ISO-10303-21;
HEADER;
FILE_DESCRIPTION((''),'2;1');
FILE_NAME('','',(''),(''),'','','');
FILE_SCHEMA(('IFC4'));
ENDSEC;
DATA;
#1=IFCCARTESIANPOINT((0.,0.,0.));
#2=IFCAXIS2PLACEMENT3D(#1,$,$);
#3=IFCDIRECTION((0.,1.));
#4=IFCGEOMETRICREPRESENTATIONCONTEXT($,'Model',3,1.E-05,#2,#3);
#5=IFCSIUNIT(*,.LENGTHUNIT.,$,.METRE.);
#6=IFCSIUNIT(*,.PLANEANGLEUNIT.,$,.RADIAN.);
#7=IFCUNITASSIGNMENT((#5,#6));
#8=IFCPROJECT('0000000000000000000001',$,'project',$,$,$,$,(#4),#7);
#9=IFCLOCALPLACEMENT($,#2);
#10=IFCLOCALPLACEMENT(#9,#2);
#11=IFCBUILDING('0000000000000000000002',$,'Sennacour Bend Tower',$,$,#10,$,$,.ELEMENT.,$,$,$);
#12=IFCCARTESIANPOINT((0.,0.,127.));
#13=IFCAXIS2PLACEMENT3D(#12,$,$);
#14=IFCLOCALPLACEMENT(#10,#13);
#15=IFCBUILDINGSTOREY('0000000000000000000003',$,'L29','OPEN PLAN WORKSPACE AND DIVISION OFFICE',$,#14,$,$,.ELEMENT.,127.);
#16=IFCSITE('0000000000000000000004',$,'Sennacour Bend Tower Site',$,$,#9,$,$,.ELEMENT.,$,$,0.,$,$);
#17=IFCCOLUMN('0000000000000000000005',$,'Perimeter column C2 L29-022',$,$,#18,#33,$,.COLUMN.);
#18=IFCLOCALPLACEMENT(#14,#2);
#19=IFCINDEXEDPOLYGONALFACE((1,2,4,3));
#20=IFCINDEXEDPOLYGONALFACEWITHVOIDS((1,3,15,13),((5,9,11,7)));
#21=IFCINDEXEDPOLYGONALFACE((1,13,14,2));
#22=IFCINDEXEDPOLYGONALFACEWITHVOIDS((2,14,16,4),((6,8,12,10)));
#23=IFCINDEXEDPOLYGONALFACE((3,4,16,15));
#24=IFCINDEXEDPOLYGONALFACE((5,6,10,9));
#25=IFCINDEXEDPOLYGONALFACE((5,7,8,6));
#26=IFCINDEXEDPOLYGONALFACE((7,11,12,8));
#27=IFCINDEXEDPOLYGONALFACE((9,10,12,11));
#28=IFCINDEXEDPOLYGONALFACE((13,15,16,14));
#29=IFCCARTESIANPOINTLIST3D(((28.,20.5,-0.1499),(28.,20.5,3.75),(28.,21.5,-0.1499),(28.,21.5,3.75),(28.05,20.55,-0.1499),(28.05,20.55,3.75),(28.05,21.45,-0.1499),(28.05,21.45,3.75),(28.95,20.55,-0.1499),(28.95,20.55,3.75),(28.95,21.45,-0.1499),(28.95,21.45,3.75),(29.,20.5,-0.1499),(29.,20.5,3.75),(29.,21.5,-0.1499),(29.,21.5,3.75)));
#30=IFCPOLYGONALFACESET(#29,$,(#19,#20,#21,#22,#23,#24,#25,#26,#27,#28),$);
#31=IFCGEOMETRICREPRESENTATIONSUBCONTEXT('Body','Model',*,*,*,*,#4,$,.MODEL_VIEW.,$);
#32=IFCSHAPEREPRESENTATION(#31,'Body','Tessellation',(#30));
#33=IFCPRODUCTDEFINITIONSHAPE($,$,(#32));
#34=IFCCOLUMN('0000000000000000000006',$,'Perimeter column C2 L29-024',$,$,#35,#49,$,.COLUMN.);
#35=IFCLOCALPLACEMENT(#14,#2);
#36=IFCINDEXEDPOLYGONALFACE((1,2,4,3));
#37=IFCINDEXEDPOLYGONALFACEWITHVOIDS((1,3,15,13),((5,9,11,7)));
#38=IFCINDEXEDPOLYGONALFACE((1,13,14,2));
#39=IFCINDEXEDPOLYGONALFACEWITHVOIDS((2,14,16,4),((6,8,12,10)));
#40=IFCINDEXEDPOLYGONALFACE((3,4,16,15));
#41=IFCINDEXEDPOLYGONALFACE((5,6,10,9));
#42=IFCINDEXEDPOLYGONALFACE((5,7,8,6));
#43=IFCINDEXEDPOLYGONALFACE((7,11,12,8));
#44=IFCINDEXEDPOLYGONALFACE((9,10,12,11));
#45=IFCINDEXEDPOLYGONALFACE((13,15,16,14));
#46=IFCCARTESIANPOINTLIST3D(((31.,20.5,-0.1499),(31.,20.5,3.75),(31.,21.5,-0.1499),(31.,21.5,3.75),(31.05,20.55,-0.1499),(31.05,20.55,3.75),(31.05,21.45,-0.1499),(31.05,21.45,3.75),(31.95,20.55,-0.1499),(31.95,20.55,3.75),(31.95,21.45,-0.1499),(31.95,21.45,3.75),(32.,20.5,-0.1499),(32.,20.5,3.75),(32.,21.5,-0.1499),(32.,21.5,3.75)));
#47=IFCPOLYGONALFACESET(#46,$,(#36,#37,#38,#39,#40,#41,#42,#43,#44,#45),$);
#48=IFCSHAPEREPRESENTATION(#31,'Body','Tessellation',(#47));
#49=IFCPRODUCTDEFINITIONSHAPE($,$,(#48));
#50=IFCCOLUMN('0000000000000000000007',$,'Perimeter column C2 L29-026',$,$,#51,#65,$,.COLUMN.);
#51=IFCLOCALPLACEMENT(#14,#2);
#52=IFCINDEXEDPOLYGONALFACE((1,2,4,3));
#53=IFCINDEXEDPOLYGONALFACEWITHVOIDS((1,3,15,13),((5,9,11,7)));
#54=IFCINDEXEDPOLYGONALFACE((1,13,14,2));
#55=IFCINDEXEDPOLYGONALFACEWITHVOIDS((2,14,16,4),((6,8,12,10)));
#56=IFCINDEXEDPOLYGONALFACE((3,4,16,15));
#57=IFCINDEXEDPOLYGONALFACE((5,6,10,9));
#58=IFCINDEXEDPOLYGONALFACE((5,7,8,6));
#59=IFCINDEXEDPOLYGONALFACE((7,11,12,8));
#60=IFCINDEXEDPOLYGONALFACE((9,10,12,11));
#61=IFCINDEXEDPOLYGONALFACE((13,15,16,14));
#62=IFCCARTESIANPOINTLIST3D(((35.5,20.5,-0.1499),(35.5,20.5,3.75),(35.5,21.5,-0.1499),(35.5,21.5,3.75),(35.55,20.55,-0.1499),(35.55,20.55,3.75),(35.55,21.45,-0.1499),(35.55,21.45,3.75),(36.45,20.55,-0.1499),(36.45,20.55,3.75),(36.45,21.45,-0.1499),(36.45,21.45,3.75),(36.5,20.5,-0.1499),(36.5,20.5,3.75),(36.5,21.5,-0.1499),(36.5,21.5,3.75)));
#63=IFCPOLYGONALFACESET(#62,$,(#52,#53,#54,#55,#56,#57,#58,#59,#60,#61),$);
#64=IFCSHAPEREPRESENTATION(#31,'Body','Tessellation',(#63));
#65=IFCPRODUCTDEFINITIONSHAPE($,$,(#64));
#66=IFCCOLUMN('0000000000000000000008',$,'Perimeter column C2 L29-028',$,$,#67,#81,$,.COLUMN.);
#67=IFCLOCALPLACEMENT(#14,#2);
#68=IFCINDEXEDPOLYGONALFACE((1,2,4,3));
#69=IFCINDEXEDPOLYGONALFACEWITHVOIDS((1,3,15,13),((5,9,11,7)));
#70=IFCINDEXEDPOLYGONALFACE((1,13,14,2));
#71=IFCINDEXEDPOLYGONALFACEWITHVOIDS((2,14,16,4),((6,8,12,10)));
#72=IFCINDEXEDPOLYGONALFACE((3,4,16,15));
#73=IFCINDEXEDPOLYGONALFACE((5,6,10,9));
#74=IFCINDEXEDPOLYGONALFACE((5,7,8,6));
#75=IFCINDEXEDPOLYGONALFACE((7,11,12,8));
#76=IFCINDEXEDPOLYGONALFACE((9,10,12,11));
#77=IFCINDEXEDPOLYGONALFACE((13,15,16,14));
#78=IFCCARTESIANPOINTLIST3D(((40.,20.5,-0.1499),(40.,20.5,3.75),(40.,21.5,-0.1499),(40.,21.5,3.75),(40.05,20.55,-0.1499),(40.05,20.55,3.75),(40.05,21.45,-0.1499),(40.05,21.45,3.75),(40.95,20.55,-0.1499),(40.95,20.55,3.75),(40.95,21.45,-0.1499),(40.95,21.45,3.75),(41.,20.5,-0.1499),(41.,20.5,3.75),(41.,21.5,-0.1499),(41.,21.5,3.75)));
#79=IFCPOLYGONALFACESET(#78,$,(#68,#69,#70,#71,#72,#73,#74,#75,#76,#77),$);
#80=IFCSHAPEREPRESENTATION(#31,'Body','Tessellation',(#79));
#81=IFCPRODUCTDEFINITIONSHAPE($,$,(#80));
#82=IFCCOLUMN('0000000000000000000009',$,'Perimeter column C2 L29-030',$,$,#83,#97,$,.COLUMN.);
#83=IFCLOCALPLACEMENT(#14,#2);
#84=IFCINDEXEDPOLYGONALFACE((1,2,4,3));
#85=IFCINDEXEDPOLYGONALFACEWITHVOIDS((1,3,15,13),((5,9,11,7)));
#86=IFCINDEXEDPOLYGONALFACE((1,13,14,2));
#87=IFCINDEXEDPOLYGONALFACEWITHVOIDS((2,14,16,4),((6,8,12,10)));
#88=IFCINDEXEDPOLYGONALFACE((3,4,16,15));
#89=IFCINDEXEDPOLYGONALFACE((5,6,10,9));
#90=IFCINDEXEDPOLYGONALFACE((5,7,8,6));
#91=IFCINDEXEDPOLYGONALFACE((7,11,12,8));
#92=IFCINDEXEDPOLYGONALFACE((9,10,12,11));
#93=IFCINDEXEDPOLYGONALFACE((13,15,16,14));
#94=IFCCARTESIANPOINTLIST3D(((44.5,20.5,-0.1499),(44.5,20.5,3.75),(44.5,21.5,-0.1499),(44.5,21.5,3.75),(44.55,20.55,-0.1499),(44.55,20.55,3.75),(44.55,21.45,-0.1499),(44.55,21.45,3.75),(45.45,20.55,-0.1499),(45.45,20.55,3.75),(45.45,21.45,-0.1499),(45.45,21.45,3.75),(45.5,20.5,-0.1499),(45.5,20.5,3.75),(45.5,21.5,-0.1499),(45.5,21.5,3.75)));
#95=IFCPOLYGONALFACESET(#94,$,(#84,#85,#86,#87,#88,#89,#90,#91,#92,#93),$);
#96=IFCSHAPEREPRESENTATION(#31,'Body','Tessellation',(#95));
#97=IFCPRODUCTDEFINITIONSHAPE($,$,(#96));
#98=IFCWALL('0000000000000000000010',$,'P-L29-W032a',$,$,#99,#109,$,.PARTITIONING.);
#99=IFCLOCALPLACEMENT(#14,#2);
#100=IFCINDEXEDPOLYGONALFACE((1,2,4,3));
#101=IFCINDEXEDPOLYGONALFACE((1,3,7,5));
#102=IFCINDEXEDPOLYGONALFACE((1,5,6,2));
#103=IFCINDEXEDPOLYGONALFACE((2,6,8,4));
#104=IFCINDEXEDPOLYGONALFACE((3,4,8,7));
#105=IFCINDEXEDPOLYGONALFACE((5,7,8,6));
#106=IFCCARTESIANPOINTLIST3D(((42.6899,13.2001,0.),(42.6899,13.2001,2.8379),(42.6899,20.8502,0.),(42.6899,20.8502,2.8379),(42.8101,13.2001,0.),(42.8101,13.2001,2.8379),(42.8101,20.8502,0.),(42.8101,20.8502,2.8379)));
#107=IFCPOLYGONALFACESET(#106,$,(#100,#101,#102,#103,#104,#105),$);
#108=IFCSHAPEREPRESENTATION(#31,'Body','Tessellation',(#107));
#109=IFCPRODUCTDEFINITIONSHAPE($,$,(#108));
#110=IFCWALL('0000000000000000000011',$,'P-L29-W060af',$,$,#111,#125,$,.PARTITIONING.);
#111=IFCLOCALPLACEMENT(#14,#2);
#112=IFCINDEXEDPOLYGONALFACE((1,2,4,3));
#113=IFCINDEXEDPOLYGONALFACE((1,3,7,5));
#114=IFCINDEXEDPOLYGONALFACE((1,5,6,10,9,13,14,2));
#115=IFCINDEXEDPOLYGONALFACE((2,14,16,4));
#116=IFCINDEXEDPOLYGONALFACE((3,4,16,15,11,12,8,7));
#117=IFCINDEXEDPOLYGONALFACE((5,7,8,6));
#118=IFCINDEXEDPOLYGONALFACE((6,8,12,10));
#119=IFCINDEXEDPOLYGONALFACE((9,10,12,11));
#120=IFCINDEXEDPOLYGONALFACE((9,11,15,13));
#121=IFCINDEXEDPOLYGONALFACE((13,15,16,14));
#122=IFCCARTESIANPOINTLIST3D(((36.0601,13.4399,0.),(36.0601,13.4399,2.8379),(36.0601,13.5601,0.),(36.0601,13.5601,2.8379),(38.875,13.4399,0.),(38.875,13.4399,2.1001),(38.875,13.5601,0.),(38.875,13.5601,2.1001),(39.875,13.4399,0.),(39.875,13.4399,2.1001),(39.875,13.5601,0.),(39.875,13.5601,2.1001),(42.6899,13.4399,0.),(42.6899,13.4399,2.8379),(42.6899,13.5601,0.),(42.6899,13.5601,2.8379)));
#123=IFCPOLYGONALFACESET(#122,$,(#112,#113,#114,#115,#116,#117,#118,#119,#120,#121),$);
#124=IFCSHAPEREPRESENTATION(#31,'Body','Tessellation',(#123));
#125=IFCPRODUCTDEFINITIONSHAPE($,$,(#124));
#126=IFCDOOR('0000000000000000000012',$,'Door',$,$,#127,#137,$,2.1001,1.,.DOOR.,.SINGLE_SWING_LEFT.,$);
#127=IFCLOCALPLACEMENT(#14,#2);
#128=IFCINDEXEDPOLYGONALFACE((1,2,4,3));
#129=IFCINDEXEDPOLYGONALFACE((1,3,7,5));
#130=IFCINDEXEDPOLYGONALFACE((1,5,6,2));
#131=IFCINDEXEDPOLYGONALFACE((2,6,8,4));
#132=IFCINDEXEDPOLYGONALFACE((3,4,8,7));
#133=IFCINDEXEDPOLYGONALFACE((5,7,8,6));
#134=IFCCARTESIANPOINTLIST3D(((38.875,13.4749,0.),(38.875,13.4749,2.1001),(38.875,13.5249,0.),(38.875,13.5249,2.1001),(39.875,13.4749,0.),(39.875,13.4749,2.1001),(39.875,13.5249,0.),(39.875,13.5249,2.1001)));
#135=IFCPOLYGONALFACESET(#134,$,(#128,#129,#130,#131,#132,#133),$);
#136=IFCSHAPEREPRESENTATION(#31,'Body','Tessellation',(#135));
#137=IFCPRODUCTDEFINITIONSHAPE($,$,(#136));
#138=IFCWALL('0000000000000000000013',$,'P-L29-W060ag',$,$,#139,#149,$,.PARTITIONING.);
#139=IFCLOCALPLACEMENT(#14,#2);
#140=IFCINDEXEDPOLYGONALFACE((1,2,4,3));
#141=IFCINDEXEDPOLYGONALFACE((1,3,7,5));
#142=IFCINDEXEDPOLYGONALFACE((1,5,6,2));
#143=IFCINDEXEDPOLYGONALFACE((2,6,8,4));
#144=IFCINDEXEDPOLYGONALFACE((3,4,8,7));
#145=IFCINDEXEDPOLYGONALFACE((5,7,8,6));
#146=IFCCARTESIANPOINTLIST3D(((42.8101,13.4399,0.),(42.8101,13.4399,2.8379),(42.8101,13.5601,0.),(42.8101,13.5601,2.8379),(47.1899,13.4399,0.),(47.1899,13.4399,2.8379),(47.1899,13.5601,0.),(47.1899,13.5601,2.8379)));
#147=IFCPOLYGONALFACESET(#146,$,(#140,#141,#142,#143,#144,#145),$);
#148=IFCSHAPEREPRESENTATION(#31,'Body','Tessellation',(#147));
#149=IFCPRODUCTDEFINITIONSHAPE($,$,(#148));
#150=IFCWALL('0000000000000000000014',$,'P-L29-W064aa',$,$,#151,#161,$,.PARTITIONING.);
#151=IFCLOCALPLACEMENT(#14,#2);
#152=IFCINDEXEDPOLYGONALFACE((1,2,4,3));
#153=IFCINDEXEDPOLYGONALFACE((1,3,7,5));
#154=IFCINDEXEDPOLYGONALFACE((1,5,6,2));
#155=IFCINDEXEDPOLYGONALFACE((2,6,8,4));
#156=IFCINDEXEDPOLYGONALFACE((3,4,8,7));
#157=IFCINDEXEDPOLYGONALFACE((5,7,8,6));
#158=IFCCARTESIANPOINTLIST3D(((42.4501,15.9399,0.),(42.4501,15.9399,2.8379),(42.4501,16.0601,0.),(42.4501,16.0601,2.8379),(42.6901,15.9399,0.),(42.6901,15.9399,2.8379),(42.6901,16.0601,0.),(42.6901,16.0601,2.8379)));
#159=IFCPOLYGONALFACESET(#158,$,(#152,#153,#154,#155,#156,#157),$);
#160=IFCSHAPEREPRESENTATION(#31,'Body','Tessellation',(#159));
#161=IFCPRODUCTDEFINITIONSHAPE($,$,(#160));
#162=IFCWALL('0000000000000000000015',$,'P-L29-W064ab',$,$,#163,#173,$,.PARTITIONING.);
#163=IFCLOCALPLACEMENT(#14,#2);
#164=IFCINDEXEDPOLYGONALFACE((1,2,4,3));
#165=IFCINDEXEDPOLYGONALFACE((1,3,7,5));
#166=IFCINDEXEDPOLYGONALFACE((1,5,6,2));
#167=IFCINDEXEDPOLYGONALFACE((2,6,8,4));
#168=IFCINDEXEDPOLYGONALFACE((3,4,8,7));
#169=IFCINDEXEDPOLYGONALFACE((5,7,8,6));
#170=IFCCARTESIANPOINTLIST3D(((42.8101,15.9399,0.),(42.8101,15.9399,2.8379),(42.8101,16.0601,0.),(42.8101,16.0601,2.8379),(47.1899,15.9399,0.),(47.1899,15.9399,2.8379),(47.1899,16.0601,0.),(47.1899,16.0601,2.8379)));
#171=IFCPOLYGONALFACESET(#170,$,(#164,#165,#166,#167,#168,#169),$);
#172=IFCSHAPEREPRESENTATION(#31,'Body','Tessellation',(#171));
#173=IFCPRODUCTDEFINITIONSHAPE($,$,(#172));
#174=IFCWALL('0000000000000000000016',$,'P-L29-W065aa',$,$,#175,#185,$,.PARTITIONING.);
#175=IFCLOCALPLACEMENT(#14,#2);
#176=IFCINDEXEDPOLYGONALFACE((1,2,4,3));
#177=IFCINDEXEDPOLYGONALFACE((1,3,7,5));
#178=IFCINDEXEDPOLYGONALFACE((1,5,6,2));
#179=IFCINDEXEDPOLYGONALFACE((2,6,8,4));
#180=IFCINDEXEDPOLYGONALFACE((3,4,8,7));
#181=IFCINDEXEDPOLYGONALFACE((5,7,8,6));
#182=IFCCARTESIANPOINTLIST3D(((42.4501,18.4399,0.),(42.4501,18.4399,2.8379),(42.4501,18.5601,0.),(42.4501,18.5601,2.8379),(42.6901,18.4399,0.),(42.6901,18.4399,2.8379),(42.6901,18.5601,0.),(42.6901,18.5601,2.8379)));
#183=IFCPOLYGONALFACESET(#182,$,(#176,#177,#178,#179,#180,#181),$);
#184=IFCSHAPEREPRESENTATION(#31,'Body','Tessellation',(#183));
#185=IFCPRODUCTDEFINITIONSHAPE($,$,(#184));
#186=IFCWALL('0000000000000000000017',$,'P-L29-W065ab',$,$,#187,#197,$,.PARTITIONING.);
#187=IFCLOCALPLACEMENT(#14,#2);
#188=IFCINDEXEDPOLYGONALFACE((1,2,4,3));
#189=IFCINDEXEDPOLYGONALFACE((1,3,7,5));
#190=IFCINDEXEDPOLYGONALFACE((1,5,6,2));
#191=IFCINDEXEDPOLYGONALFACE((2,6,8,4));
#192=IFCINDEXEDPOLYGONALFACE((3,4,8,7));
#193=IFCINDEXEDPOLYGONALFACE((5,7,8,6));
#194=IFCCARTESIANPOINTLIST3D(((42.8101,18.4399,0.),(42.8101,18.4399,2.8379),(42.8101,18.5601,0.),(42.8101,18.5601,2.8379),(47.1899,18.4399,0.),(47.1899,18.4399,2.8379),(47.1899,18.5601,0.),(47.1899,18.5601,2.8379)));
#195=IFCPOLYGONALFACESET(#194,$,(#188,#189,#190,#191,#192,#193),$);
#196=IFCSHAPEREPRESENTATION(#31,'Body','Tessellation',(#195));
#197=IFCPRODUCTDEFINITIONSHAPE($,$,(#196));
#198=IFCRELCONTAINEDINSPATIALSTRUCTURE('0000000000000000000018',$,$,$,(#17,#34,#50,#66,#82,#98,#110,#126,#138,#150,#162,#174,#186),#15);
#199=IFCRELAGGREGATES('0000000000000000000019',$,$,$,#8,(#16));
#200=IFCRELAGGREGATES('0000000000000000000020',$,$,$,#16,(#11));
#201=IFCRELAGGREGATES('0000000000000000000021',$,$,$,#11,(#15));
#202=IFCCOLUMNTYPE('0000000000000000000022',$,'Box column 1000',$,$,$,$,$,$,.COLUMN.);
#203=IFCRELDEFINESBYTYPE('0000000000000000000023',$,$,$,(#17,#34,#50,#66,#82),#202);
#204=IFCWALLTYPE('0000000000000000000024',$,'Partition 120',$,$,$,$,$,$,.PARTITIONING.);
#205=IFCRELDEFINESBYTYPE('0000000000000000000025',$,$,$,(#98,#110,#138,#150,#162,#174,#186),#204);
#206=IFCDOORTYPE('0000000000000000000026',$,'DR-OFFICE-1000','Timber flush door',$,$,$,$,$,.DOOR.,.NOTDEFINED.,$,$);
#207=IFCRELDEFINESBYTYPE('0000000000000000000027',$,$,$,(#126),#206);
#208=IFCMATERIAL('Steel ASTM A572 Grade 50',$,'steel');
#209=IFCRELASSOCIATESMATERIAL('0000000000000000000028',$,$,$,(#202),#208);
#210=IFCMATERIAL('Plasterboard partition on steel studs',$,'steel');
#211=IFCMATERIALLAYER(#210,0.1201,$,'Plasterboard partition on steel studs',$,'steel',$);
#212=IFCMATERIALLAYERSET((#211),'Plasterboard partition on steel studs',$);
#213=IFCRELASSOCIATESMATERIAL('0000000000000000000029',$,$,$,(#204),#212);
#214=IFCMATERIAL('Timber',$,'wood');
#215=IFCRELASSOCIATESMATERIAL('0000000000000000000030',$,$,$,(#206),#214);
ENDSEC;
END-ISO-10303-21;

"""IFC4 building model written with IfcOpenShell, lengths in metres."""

from ifc_helpers import new_model, si_unit, direction, frame, frame_2d, origin, origin_2d, place, context, subcontext, project, spatial, rectangle, hollow_rectangle, extrude, material, layer, layer_set, material_profile, profile_set, type_object, element, fill, save


model = new_model("IFC4")

# Units and contexts
model_context = context("Model", 3, precision=1e-05, world=origin(), true_north=direction((0.0, 1.0)))
body_context = subcontext(model_context, "Body", "Model", "MODEL_VIEW")
ifc_project = project(units=[si_unit("LENGTHUNIT", "METRE"), si_unit("PLANEANGLEUNIT", "RADIAN")], contexts=[model_context])

# Site, building, storey
site_placement = place(None, origin())
site = spatial("IfcSite", under=ifc_project, at=site_placement, Name="Sennacour Bend Tower Site", CompositionType="ELEMENT", RefElevation=0.0)
building_placement = place(site_placement, origin())
building = spatial("IfcBuilding", under=site, at=building_placement, Name="Sennacour Bend Tower", CompositionType="ELEMENT")
storey_placement = place(building_placement, frame((0.0, 0.0, 127.0)))
storey = spatial("IfcBuildingStorey", under=building, at=storey_placement, Name="L29", Description="OPEN PLAN WORKSPACE AND DIVISION OFFICE", CompositionType="ELEMENT", Elevation=127.0)

# Columns
ifc_material_1 = material(Name="Steel ASTM A572 Grade 50", Category="steel")
ifc_material_profile = material_profile(ifc_material_1, hollow_rectangle(XDim=1.0, YDim=1.0, WallThickness=0.05, at=origin_2d()), Name="Steel ASTM A572 Grade 50", Category="steel")
ifc_profile_set = profile_set([ifc_material_profile], Name="Steel ASTM A572 Grade 50")
column_type = type_object("IfcColumnType", Name="Box column 1000", PredefinedType="COLUMN", material=ifc_profile_set)
for number, where, z_axis, x_axis, name in (
    (1, (28.5, 21.0, -0.1499), (0.0, 0.0, 1.0), (1.0, 0.0, 0.0), "Perimeter column C2 L29-022"),
    (2, (31.5, 21.0, -0.1499), (0.0, 0.0, 1.0), (1.0, 0.0, 0.0), "Perimeter column C2 L29-024"),
    (3, (36.0, 21.0, -0.1499), (0.0, 0.0, 1.0), (1.0, 0.0, 0.0), "Perimeter column C2 L29-026"),
    (4, (40.5, 21.0, -0.1499), (0.0, 0.0, 1.0), (1.0, 0.0, 0.0), "Perimeter column C2 L29-028"),
    (5, (45.0, 21.0, -0.1499), (0.0, 0.0, 1.0), (1.0, 0.0, 0.0), "Perimeter column C2 L29-030"),
):
    element("IfcColumn", number, at=place(storey_placement, frame(where, z_axis=z_axis, x_axis=x_axis)), inside=storey, type_object=column_type, Name=name, PredefinedType="COLUMN", context=body_context, shape_type="SweptSolid", body=[
        extrude(hollow_rectangle(XDim=1.0, YDim=1.0, WallThickness=0.05, at=origin_2d()), origin(), (0.0, 0.0, 1.0), 3.8999),
    ])

# Wall
ifc_material_2 = material(Name="Plasterboard partition on steel studs", Category="steel")
ifc_layer_1 = layer(ifc_material_2, 0.1201, Name="Plasterboard partition on steel studs", Category="steel")
ifc_layer_set_1 = layer_set([ifc_layer_1], Name="Plasterboard partition on steel studs")
wall_type_1 = type_object("IfcWallType", Name="Partition 120", PredefinedType="PARTITIONING", material=ifc_layer_set_1)
wall_1_placement = place(storey_placement, frame((42.75, 13.2, 0.0), z_axis=(0.0, 0.0, 1.0), x_axis=(0.0, 1.0, 0.0)))
element("IfcWall", 6, at=wall_1_placement, inside=storey, type_object=wall_type_1, Name="P-L29-W032a", PredefinedType="PARTITIONING", context=body_context, shape_type="SweptSolid", body=[
    extrude(rectangle(XDim=7.6501, YDim=0.1201, at=frame_2d((3.8252, 0.0))), origin(), (0.0, 0.0, 1.0), 2.8379),
])

# Wall, opening, door
wall_2_placement = place(storey_placement, frame((36.0601, 13.5, 0.0), z_axis=(0.0, 0.0, 1.0), x_axis=(1.0, 0.0, 0.0)))
wall_2 = element("IfcWall", 7, at=wall_2_placement, inside=storey, type_object=wall_type_1, Name="P-L29-W060af", PredefinedType="PARTITIONING", context=body_context, shape_type="SweptSolid", body=[
    extrude(rectangle(XDim=6.6299, YDim=0.1201, at=frame_2d((3.3149, 0.0))), origin(), (0.0, 0.0, 1.0), 2.8379),
])
opening_1_placement = place(wall_2_placement, frame((2.8149, 0.0, 0.0)))
opening_1 = element("IfcOpeningElement", 8, at=opening_1_placement, cuts=wall_2, PredefinedType="OPENING", context=body_context, shape_type="SweptSolid", body=[
    extrude(rectangle(XDim=1.0, YDim=2.1001, at=frame_2d((0.5, 1.05))), frame((0.0, 0.0701, 0.0), z_axis=(0.0, -1.0, 0.0), x_axis=(1.0, 0.0, 0.0)), (0.0, 0.0, 1.0), 0.1401),
])
ifc_material_3 = material(Name="Timber", Category="wood")
door_type_1 = type_object("IfcDoorType", Name="DR-OFFICE-1000", Description="Timber flush door", OperationType="NOTDEFINED", PredefinedType="DOOR", material=ifc_material_3)
door_1_placement = place(opening_1_placement, origin())
door_1 = element("IfcDoor", 9, at=door_1_placement, inside=storey, type_object=door_type_1, Name="Door", OperationType="SINGLE_SWING_LEFT", OverallHeight=2.1001, OverallWidth=1.0, PredefinedType="DOOR", context=body_context, shape_type="SweptSolid", body=[
    extrude(rectangle(XDim=1.0, YDim=2.1001, at=frame_2d((0.5, 1.05))), frame((0.0, 0.0249, 0.0), z_axis=(0.0, -1.0, 0.0), x_axis=(1.0, 0.0, 0.0)), (0.0, 0.0, 1.0), 0.05),
])
fill(opening_1, door_1)

# Walls
wall_3_placement = place(storey_placement, frame((42.8101, 13.5, 0.0), z_axis=(0.0, 0.0, 1.0), x_axis=(1.0, 0.0, 0.0)))
element("IfcWall", 10, at=wall_3_placement, inside=storey, type_object=wall_type_1, Name="P-L29-W060ag", PredefinedType="PARTITIONING", context=body_context, shape_type="SweptSolid", body=[
    extrude(rectangle(XDim=4.3799, YDim=0.1201, at=frame_2d((2.1899, 0.0))), origin(), (0.0, 0.0, 1.0), 2.8379),
])
wall_4_placement = place(storey_placement, frame((42.45, 16.0, 0.0), z_axis=(0.0, 0.0, 1.0), x_axis=(1.0, 0.0, 0.0)))
element("IfcWall", 11, at=wall_4_placement, inside=storey, type_object=wall_type_1, Name="P-L29-W064aa", PredefinedType="PARTITIONING", context=body_context, shape_type="SweptSolid", body=[
    extrude(rectangle(XDim=0.24, YDim=0.1201, at=frame_2d((0.1201, 0.0))), origin(), (0.0, 0.0, 1.0), 2.8379),
])
wall_5_placement = place(storey_placement, frame((42.8101, 16.0, 0.0), z_axis=(0.0, 0.0, 1.0), x_axis=(1.0, 0.0, 0.0)))
element("IfcWall", 12, at=wall_5_placement, inside=storey, type_object=wall_type_1, Name="P-L29-W064ab", PredefinedType="PARTITIONING", context=body_context, shape_type="SweptSolid", body=[
    extrude(rectangle(XDim=4.3799, YDim=0.1201, at=frame_2d((2.1899, 0.0))), origin(), (0.0, 0.0, 1.0), 2.8379),
])
wall_6_placement = place(storey_placement, frame((42.45, 18.5, 0.0), z_axis=(0.0, 0.0, 1.0), x_axis=(1.0, 0.0, 0.0)))
element("IfcWall", 13, at=wall_6_placement, inside=storey, type_object=wall_type_1, Name="P-L29-W065aa", PredefinedType="PARTITIONING", context=body_context, shape_type="SweptSolid", body=[
    extrude(rectangle(XDim=0.24, YDim=0.1201, at=frame_2d((0.1201, 0.0))), origin(), (0.0, 0.0, 1.0), 2.8379),
])
wall_7_placement = place(storey_placement, frame((42.8101, 18.5, 0.0), z_axis=(0.0, 0.0, 1.0), x_axis=(1.0, 0.0, 0.0)))
element("IfcWall", 14, at=wall_7_placement, inside=storey, type_object=wall_type_1, Name="P-L29-W065ab", PredefinedType="PARTITIONING", context=body_context, shape_type="SweptSolid", body=[
    extrude(rectangle(XDim=4.3799, YDim=0.1201, at=frame_2d((2.1899, 0.0))), origin(), (0.0, 0.0, 1.0), 2.8379),
])

save(model, "model.ifc")
